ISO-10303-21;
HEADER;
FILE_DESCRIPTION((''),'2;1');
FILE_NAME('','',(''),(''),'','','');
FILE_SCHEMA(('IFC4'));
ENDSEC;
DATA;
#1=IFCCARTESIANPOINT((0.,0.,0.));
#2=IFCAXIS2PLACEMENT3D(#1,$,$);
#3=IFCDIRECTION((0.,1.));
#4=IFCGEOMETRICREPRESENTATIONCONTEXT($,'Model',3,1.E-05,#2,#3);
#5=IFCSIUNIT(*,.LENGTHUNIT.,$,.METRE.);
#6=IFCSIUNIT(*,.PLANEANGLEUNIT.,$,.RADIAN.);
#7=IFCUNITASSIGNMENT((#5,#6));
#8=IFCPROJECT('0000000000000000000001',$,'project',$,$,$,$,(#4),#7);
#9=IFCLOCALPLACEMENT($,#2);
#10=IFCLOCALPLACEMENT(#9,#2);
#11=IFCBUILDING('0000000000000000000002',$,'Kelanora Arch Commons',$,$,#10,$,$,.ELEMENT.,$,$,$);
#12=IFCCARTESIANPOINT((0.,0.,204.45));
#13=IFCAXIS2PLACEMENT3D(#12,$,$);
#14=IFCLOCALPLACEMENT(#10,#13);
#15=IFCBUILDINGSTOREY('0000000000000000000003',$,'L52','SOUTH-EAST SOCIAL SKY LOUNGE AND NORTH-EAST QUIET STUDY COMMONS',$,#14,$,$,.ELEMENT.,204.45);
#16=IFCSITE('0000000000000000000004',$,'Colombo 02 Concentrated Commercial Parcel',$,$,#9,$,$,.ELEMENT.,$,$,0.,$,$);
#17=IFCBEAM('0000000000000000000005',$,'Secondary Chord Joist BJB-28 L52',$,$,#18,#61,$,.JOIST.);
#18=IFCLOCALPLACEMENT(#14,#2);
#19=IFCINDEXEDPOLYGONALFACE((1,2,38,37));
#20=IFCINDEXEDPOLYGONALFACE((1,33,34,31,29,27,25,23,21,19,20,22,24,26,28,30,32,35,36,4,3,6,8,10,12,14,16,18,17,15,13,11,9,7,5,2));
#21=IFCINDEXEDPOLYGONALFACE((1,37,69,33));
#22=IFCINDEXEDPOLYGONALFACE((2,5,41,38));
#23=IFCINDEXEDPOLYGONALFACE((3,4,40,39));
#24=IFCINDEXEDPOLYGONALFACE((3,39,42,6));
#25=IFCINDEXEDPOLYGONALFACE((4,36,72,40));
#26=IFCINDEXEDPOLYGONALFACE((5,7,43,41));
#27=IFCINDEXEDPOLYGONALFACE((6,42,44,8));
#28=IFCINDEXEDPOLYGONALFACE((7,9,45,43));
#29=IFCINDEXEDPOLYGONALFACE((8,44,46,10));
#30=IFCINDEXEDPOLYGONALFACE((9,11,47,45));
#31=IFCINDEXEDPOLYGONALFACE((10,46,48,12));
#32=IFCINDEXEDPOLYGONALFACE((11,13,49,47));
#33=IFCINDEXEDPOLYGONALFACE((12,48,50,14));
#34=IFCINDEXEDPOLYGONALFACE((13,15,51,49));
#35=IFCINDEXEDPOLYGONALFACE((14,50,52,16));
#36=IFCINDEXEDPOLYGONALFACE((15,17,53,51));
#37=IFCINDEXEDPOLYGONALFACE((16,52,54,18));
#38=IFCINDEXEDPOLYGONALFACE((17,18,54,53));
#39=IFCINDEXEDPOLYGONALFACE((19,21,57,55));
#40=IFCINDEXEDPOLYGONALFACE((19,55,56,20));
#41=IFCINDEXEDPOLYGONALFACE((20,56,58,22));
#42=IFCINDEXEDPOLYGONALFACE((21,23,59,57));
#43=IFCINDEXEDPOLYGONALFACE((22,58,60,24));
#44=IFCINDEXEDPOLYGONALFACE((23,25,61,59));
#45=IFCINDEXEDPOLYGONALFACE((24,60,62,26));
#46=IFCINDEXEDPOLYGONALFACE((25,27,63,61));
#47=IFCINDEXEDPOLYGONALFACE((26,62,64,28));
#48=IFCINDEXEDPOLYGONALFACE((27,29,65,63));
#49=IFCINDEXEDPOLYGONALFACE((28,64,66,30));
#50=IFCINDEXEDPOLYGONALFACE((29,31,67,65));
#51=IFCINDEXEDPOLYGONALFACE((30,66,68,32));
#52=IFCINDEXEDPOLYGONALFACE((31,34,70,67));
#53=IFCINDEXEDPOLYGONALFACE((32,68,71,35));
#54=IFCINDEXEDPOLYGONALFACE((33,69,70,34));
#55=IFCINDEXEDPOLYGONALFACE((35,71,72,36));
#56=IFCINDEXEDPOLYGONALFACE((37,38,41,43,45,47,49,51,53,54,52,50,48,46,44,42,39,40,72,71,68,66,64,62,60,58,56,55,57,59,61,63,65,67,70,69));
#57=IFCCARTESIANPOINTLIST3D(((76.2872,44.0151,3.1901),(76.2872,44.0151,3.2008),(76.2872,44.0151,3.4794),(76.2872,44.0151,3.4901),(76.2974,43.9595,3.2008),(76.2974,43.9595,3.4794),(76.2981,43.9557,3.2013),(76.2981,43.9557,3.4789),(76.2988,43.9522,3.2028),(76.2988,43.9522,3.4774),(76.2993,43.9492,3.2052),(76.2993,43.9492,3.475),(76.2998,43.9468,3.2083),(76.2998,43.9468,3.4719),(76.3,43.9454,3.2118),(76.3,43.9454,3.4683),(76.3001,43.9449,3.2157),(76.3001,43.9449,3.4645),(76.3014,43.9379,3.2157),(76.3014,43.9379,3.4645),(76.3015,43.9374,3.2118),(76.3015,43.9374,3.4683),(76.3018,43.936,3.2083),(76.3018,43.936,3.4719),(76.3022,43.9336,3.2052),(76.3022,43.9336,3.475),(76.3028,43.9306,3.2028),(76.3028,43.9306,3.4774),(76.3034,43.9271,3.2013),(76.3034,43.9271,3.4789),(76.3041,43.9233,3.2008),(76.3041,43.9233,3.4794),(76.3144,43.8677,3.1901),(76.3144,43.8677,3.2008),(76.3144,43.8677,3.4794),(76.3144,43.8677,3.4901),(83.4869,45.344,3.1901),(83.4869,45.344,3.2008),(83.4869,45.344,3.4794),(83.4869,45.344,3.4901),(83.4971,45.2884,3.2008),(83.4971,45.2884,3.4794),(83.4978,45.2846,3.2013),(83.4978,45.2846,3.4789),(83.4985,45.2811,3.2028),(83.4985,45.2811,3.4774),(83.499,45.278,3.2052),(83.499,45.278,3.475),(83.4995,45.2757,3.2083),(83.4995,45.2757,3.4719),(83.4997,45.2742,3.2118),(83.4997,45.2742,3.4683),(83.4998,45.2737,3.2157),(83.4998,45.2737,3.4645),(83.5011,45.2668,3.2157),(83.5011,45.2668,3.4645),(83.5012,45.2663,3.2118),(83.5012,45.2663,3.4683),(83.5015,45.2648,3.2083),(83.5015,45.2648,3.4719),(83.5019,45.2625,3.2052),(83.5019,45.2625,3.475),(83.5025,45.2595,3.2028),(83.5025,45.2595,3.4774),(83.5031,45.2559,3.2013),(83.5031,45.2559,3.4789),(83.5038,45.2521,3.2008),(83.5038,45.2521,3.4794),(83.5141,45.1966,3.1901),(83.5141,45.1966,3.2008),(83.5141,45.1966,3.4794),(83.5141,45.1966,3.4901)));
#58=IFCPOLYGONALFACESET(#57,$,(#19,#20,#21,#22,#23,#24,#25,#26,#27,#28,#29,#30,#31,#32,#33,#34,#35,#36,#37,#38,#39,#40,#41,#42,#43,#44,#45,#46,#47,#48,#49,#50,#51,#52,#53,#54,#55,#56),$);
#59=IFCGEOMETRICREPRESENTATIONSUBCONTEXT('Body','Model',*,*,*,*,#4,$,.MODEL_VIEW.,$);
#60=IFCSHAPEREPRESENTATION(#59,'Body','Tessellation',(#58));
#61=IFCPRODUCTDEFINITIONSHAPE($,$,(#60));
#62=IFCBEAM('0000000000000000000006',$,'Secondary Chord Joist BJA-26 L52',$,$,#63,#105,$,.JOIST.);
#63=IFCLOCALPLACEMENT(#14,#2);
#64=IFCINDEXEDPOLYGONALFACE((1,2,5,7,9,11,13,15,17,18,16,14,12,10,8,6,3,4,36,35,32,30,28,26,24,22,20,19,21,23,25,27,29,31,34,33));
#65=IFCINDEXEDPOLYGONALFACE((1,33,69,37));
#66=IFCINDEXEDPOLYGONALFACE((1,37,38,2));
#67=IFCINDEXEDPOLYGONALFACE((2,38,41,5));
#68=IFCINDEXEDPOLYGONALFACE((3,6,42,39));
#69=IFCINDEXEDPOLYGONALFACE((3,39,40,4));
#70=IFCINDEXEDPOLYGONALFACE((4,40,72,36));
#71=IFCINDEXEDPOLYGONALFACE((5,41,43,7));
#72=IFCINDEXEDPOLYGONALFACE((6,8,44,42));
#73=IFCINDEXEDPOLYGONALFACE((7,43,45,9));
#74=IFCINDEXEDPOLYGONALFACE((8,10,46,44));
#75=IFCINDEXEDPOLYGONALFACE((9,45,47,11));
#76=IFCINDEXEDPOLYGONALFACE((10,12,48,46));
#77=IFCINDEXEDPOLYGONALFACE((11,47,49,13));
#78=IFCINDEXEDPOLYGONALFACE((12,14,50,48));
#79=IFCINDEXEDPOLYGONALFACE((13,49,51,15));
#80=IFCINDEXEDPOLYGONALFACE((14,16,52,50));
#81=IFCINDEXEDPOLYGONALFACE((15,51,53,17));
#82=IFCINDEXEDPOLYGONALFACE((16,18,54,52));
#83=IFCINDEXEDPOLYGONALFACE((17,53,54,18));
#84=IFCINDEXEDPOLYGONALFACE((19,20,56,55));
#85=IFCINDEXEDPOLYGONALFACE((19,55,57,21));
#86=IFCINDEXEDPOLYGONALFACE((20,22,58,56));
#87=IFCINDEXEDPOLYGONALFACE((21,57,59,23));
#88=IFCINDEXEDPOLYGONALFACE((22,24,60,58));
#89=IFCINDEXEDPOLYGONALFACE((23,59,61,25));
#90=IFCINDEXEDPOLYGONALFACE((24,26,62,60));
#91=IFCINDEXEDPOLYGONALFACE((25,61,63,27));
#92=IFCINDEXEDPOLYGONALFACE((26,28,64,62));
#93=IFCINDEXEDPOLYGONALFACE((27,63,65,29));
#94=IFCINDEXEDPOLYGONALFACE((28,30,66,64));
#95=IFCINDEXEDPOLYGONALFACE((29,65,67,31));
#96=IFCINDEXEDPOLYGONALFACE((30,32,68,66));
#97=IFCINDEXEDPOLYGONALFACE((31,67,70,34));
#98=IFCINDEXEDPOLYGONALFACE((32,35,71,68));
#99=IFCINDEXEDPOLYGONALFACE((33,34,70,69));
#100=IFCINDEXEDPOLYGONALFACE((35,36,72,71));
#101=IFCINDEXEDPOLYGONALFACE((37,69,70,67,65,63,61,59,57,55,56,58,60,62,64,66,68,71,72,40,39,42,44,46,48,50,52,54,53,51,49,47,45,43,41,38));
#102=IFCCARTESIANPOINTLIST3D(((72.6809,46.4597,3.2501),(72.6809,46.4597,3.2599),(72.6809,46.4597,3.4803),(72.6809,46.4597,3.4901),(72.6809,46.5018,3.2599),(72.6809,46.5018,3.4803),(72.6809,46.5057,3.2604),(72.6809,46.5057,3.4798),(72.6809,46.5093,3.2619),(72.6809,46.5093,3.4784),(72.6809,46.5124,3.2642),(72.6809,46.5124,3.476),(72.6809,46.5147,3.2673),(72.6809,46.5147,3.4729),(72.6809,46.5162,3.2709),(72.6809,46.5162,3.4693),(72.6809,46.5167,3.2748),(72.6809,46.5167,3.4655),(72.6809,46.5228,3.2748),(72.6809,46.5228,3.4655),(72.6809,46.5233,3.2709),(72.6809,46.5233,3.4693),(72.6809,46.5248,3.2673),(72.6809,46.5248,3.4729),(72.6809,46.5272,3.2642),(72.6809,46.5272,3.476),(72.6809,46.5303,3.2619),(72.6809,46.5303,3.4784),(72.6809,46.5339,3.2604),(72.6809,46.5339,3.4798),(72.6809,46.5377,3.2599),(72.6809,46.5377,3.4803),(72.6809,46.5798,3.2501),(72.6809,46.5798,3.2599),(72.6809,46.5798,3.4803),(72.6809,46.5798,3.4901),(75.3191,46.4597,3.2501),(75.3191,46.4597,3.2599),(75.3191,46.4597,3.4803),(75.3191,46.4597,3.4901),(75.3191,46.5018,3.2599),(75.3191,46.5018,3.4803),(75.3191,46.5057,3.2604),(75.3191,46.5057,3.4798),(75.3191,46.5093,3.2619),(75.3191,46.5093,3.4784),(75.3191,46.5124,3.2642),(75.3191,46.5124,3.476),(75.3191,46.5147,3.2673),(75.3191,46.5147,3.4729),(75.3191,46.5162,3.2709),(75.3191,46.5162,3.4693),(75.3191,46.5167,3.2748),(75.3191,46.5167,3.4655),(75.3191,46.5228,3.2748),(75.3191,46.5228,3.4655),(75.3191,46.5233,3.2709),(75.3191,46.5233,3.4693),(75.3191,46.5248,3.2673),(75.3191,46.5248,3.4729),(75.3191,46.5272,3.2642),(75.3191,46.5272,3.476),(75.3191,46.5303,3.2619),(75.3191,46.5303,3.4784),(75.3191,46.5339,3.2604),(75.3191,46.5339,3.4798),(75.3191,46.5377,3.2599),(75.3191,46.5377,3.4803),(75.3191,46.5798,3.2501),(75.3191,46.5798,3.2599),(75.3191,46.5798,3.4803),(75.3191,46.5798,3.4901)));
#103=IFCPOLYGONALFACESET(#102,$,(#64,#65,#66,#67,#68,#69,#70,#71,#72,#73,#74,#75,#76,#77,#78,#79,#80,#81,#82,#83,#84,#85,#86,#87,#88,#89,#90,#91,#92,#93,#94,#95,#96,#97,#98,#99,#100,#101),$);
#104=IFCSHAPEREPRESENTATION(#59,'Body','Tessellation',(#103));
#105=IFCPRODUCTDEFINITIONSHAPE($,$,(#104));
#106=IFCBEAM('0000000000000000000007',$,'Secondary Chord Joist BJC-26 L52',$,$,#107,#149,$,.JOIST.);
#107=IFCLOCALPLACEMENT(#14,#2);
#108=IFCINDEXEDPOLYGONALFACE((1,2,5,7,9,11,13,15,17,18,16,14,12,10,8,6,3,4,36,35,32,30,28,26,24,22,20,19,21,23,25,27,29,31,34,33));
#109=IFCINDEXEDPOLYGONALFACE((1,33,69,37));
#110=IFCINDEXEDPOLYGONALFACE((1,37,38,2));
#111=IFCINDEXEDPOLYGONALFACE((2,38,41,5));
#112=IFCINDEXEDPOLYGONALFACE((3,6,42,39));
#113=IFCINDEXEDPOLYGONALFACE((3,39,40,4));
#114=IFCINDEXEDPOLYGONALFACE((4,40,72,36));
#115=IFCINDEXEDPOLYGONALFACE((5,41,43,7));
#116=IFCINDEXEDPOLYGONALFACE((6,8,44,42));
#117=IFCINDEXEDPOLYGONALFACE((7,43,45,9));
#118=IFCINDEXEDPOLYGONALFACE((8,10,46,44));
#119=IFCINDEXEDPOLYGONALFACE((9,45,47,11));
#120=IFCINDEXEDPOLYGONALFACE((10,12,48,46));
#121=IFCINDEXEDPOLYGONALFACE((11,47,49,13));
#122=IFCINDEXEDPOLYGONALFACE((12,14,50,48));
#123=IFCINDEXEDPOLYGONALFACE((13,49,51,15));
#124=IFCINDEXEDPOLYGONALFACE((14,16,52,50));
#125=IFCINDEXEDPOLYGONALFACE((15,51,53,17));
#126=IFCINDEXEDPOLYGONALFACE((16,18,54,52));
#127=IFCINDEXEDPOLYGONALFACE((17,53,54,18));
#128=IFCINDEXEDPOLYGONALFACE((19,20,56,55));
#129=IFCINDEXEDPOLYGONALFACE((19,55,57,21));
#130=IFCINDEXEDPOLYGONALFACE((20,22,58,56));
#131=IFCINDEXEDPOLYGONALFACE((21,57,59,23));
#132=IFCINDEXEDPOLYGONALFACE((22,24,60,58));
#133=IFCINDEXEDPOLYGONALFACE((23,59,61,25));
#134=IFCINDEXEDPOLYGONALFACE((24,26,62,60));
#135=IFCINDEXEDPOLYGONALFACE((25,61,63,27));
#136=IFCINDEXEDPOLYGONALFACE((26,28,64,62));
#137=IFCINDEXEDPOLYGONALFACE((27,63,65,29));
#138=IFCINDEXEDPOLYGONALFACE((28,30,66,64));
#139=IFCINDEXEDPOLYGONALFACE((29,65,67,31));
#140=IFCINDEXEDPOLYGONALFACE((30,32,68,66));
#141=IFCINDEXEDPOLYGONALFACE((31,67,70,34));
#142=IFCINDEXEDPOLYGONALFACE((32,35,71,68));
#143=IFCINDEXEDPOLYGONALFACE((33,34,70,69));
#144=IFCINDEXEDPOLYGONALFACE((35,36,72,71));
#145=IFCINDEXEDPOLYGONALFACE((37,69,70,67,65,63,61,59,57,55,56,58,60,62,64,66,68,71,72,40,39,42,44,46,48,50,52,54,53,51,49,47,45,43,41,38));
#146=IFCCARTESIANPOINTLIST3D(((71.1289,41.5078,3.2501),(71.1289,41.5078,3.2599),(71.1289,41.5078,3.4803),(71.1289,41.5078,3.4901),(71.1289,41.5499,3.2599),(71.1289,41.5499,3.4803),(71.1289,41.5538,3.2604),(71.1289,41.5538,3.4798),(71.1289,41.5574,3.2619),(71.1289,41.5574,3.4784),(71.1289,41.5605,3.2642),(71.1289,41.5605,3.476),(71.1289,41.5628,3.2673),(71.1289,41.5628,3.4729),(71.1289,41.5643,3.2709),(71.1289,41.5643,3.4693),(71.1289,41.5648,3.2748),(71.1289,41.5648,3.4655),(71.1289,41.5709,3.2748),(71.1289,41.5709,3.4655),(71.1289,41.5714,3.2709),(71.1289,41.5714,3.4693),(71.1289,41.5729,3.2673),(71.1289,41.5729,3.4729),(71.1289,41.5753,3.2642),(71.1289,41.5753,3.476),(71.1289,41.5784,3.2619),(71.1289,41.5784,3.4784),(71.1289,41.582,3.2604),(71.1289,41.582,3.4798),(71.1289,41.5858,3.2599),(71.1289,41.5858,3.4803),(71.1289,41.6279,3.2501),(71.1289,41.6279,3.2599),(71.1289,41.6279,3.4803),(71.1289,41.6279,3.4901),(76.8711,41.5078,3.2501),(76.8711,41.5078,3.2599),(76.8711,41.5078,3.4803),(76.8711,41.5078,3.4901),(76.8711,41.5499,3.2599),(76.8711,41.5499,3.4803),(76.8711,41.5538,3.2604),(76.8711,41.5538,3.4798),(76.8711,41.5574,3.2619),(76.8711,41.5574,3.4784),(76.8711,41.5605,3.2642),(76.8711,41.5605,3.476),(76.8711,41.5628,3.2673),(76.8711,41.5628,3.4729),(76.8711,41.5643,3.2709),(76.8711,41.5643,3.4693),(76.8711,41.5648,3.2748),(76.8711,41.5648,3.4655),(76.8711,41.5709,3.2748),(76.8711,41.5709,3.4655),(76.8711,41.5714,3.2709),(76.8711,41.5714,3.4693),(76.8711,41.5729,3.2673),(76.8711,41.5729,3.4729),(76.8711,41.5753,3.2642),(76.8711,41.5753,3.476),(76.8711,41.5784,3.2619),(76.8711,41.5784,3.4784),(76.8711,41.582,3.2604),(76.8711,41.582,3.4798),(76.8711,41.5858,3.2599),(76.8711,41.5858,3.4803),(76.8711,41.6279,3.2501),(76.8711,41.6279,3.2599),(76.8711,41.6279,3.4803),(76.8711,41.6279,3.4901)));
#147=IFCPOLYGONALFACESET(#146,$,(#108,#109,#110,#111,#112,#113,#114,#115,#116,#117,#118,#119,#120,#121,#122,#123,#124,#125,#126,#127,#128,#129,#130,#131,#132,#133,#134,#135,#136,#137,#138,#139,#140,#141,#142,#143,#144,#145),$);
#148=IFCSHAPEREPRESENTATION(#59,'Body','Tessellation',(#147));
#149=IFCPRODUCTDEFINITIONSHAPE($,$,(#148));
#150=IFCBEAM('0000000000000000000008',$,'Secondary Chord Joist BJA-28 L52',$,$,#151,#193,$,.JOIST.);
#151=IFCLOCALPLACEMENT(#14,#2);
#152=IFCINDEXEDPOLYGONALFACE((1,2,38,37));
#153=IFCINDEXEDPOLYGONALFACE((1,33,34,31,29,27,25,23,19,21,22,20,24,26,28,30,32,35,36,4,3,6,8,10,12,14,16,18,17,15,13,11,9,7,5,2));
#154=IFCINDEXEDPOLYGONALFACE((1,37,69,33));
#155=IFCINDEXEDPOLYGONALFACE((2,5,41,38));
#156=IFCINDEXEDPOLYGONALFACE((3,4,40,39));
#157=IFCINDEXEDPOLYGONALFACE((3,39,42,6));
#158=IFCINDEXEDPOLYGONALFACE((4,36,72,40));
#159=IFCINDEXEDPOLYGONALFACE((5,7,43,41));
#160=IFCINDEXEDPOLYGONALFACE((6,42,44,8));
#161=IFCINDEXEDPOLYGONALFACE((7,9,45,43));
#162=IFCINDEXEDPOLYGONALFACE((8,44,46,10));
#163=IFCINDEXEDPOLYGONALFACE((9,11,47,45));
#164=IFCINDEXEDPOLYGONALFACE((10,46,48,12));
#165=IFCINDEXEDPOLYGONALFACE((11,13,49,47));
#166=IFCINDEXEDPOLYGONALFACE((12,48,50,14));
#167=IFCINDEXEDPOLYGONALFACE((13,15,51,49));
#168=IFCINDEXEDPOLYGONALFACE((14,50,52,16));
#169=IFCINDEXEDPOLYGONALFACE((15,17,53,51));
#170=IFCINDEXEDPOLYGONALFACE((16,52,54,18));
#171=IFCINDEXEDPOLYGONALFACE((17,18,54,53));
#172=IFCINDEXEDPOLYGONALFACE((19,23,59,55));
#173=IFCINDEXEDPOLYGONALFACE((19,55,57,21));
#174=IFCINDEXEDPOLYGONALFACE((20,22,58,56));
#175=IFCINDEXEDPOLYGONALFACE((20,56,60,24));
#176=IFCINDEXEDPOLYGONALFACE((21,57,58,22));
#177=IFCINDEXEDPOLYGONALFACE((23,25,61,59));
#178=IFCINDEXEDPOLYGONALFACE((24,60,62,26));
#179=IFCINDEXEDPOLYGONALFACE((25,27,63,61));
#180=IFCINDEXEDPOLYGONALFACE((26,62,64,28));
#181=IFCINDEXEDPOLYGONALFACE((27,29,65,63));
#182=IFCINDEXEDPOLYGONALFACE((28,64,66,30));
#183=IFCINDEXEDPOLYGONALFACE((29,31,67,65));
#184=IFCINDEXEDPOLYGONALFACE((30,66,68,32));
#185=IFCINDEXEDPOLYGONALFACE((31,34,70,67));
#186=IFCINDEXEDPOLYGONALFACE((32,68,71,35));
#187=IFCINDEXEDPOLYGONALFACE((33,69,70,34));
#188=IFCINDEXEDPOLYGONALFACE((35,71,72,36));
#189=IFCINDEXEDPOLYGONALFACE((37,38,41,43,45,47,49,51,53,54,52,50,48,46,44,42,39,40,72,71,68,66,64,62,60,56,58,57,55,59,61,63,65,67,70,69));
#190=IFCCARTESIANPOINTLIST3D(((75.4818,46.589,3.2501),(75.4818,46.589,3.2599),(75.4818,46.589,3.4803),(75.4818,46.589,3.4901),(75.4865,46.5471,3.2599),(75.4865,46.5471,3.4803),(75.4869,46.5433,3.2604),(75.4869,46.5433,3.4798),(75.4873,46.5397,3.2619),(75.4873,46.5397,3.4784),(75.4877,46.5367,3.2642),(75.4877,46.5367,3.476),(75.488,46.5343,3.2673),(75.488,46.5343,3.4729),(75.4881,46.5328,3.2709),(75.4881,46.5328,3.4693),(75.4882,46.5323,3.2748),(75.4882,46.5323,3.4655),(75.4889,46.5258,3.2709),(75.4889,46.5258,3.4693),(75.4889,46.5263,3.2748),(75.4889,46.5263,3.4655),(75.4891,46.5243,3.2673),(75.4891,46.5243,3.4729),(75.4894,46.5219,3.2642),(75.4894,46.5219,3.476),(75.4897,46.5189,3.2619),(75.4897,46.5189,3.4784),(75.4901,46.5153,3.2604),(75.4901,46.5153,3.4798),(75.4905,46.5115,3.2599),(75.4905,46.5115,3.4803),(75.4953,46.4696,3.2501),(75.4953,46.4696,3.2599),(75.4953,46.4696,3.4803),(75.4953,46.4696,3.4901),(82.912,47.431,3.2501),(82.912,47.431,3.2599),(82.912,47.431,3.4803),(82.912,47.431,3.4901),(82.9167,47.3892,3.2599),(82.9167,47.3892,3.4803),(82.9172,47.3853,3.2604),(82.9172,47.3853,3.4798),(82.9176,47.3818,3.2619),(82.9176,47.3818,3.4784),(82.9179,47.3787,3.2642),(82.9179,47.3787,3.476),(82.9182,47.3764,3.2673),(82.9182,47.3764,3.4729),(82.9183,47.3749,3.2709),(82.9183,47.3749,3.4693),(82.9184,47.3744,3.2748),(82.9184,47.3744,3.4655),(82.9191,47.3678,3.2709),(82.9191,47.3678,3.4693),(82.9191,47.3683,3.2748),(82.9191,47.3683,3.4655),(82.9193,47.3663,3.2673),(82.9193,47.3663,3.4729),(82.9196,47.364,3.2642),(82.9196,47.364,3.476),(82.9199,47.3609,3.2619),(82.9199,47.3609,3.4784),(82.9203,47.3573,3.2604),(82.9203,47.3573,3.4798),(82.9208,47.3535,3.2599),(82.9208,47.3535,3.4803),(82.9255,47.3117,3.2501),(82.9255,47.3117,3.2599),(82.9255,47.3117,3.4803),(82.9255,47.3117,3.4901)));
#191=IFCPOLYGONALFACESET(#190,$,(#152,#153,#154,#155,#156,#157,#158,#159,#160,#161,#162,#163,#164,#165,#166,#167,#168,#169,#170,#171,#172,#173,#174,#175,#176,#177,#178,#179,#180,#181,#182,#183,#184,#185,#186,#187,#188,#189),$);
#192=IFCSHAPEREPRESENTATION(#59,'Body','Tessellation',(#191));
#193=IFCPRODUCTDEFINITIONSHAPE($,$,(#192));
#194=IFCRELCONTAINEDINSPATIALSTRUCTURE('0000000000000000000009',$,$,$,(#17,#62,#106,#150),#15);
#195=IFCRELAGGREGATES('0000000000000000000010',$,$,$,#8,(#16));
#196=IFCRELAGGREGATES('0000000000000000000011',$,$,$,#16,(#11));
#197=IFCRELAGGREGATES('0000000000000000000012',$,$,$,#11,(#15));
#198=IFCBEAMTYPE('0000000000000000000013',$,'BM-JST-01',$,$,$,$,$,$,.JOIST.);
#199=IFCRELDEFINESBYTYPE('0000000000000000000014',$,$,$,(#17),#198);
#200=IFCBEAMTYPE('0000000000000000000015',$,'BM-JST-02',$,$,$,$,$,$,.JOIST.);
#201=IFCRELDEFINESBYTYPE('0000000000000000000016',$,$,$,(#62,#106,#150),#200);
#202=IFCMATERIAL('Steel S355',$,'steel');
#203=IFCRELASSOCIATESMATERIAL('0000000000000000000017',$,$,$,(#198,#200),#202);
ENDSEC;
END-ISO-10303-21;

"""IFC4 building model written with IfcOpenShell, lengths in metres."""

from ifc_helpers import new_model, si_unit, direction, frame, origin, origin_2d, place, context, subcontext, project, spatial, i_section, extrude, material, material_profile, profile_set, type_object, element, save


model = new_model("IFC4")

# Units and contexts
model_context = context("Model", 3, precision=1e-05, world=origin(), true_north=direction((0.0, 1.0)))
body_context = subcontext(model_context, "Body", "Model", "MODEL_VIEW")
ifc_project = project(units=[si_unit("LENGTHUNIT", "METRE"), si_unit("PLANEANGLEUNIT", "RADIAN")], contexts=[model_context])

# Site, building, storey
site_placement = place(None, origin())
site = spatial("IfcSite", under=ifc_project, at=site_placement, Name="Colombo 02 Concentrated Commercial Parcel", CompositionType="ELEMENT", RefElevation=0.0)
building_placement = place(site_placement, origin())
building = spatial("IfcBuilding", under=site, at=building_placement, Name="Kelanora Arch Commons", CompositionType="ELEMENT")
storey_placement = place(building_placement, frame((0.0, 0.0, 204.45)))
storey = spatial("IfcBuildingStorey", under=building, at=storey_placement, Name="L52", Description="SOUTH-EAST SOCIAL SKY LOUNGE AND NORTH-EAST QUIET STUDY COMMONS", CompositionType="ELEMENT", Elevation=204.45)

# Beams
ifc_material_1 = material(Name="Steel S355", Category="steel")
ifc_material_profile_1 = material_profile(ifc_material_1, i_section(OverallWidth=0.1499, OverallDepth=0.3, WebThickness=0.0071, FlangeThickness=0.0107, FilletRadius=0.0149, at=origin_2d()), Name="IPE300")
ifc_profile_set_1 = profile_set([ifc_material_profile_1], Name="Steel S355")
beam_type_1 = type_object("IfcBeamType", Name="BM-JST-01", PredefinedType="JOIST", material=ifc_profile_set_1)
beam_1_placement = place(storey_placement, frame((76.3008, 43.9414, 3.3401), z_axis=(0.98339, 0.181505, 0.0), x_axis=(-0.181505, 0.98339, 0.0)))
element("IfcBeam", 1, at=beam_1_placement, inside=storey, type_object=beam_type_1, Name="Secondary Chord Joist BJB-28 L52", PredefinedType="JOIST", context=body_context, shape_type="SweptSolid", body=[
    extrude(i_section(OverallWidth=0.1499, OverallDepth=0.3, WebThickness=0.0071, FlangeThickness=0.0107, FilletRadius=0.0149, at=origin_2d()), origin(), (0.0, 0.0, 1.0), 7.3213),
])
ifc_material_profile_2 = material_profile(ifc_material_1, i_section(OverallWidth=0.1201, OverallDepth=0.24, WebThickness=0.0061, FlangeThickness=0.0098, FilletRadius=0.0149, at=origin_2d()), Name="IPE240")
ifc_profile_set_2 = profile_set([ifc_material_profile_2], Name="Steel S355")
beam_type_2 = type_object("IfcBeamType", Name="BM-JST-02", PredefinedType="JOIST", material=ifc_profile_set_2)
beam_2_placement = place(storey_placement, frame((72.6809, 46.5198, 3.3701), z_axis=(1.0, 0.0, 0.0), x_axis=(0.0, 1.0, 0.0)))
element("IfcBeam", 2, at=beam_2_placement, inside=storey, type_object=beam_type_2, Name="Secondary Chord Joist BJA-26 L52", PredefinedType="JOIST", context=body_context, shape_type="SweptSolid", body=[
    extrude(i_section(OverallWidth=0.1201, OverallDepth=0.24, WebThickness=0.0061, FlangeThickness=0.0098, FilletRadius=0.0149, at=origin_2d()), origin(), (0.0, 0.0, 1.0), 2.6382),
])
beam_3_placement = place(storey_placement, frame((71.1289, 41.5679, 3.3701), z_axis=(1.0, 0.0, 0.0), x_axis=(0.0, 1.0, 0.0)))
element("IfcBeam", 3, at=beam_3_placement, inside=storey, type_object=beam_type_2, Name="Secondary Chord Joist BJC-26 L52", PredefinedType="JOIST", context=body_context, shape_type="SweptSolid", body=[
    extrude(i_section(OverallWidth=0.1201, OverallDepth=0.24, WebThickness=0.0061, FlangeThickness=0.0098, FilletRadius=0.0149, at=origin_2d()), origin(), (0.0, 0.0, 1.0), 5.7422),
])
beam_4_placement = place(storey_placement, frame((75.4885, 46.5293, 3.3701), z_axis=(0.99364, 0.112606, 0.0), x_axis=(-0.112606, 0.99364, 0.0)))
element("IfcBeam", 4, at=beam_4_placement, inside=storey, type_object=beam_type_2, Name="Secondary Chord Joist BJA-28 L52", PredefinedType="JOIST", context=body_context, shape_type="SweptSolid", body=[
    extrude(i_section(OverallWidth=0.1201, OverallDepth=0.24, WebThickness=0.0061, FlangeThickness=0.0098, FilletRadius=0.0149, at=origin_2d()), origin(), (0.0, 0.0, 1.0), 7.4778),
])

save(model, "model.ifc")
